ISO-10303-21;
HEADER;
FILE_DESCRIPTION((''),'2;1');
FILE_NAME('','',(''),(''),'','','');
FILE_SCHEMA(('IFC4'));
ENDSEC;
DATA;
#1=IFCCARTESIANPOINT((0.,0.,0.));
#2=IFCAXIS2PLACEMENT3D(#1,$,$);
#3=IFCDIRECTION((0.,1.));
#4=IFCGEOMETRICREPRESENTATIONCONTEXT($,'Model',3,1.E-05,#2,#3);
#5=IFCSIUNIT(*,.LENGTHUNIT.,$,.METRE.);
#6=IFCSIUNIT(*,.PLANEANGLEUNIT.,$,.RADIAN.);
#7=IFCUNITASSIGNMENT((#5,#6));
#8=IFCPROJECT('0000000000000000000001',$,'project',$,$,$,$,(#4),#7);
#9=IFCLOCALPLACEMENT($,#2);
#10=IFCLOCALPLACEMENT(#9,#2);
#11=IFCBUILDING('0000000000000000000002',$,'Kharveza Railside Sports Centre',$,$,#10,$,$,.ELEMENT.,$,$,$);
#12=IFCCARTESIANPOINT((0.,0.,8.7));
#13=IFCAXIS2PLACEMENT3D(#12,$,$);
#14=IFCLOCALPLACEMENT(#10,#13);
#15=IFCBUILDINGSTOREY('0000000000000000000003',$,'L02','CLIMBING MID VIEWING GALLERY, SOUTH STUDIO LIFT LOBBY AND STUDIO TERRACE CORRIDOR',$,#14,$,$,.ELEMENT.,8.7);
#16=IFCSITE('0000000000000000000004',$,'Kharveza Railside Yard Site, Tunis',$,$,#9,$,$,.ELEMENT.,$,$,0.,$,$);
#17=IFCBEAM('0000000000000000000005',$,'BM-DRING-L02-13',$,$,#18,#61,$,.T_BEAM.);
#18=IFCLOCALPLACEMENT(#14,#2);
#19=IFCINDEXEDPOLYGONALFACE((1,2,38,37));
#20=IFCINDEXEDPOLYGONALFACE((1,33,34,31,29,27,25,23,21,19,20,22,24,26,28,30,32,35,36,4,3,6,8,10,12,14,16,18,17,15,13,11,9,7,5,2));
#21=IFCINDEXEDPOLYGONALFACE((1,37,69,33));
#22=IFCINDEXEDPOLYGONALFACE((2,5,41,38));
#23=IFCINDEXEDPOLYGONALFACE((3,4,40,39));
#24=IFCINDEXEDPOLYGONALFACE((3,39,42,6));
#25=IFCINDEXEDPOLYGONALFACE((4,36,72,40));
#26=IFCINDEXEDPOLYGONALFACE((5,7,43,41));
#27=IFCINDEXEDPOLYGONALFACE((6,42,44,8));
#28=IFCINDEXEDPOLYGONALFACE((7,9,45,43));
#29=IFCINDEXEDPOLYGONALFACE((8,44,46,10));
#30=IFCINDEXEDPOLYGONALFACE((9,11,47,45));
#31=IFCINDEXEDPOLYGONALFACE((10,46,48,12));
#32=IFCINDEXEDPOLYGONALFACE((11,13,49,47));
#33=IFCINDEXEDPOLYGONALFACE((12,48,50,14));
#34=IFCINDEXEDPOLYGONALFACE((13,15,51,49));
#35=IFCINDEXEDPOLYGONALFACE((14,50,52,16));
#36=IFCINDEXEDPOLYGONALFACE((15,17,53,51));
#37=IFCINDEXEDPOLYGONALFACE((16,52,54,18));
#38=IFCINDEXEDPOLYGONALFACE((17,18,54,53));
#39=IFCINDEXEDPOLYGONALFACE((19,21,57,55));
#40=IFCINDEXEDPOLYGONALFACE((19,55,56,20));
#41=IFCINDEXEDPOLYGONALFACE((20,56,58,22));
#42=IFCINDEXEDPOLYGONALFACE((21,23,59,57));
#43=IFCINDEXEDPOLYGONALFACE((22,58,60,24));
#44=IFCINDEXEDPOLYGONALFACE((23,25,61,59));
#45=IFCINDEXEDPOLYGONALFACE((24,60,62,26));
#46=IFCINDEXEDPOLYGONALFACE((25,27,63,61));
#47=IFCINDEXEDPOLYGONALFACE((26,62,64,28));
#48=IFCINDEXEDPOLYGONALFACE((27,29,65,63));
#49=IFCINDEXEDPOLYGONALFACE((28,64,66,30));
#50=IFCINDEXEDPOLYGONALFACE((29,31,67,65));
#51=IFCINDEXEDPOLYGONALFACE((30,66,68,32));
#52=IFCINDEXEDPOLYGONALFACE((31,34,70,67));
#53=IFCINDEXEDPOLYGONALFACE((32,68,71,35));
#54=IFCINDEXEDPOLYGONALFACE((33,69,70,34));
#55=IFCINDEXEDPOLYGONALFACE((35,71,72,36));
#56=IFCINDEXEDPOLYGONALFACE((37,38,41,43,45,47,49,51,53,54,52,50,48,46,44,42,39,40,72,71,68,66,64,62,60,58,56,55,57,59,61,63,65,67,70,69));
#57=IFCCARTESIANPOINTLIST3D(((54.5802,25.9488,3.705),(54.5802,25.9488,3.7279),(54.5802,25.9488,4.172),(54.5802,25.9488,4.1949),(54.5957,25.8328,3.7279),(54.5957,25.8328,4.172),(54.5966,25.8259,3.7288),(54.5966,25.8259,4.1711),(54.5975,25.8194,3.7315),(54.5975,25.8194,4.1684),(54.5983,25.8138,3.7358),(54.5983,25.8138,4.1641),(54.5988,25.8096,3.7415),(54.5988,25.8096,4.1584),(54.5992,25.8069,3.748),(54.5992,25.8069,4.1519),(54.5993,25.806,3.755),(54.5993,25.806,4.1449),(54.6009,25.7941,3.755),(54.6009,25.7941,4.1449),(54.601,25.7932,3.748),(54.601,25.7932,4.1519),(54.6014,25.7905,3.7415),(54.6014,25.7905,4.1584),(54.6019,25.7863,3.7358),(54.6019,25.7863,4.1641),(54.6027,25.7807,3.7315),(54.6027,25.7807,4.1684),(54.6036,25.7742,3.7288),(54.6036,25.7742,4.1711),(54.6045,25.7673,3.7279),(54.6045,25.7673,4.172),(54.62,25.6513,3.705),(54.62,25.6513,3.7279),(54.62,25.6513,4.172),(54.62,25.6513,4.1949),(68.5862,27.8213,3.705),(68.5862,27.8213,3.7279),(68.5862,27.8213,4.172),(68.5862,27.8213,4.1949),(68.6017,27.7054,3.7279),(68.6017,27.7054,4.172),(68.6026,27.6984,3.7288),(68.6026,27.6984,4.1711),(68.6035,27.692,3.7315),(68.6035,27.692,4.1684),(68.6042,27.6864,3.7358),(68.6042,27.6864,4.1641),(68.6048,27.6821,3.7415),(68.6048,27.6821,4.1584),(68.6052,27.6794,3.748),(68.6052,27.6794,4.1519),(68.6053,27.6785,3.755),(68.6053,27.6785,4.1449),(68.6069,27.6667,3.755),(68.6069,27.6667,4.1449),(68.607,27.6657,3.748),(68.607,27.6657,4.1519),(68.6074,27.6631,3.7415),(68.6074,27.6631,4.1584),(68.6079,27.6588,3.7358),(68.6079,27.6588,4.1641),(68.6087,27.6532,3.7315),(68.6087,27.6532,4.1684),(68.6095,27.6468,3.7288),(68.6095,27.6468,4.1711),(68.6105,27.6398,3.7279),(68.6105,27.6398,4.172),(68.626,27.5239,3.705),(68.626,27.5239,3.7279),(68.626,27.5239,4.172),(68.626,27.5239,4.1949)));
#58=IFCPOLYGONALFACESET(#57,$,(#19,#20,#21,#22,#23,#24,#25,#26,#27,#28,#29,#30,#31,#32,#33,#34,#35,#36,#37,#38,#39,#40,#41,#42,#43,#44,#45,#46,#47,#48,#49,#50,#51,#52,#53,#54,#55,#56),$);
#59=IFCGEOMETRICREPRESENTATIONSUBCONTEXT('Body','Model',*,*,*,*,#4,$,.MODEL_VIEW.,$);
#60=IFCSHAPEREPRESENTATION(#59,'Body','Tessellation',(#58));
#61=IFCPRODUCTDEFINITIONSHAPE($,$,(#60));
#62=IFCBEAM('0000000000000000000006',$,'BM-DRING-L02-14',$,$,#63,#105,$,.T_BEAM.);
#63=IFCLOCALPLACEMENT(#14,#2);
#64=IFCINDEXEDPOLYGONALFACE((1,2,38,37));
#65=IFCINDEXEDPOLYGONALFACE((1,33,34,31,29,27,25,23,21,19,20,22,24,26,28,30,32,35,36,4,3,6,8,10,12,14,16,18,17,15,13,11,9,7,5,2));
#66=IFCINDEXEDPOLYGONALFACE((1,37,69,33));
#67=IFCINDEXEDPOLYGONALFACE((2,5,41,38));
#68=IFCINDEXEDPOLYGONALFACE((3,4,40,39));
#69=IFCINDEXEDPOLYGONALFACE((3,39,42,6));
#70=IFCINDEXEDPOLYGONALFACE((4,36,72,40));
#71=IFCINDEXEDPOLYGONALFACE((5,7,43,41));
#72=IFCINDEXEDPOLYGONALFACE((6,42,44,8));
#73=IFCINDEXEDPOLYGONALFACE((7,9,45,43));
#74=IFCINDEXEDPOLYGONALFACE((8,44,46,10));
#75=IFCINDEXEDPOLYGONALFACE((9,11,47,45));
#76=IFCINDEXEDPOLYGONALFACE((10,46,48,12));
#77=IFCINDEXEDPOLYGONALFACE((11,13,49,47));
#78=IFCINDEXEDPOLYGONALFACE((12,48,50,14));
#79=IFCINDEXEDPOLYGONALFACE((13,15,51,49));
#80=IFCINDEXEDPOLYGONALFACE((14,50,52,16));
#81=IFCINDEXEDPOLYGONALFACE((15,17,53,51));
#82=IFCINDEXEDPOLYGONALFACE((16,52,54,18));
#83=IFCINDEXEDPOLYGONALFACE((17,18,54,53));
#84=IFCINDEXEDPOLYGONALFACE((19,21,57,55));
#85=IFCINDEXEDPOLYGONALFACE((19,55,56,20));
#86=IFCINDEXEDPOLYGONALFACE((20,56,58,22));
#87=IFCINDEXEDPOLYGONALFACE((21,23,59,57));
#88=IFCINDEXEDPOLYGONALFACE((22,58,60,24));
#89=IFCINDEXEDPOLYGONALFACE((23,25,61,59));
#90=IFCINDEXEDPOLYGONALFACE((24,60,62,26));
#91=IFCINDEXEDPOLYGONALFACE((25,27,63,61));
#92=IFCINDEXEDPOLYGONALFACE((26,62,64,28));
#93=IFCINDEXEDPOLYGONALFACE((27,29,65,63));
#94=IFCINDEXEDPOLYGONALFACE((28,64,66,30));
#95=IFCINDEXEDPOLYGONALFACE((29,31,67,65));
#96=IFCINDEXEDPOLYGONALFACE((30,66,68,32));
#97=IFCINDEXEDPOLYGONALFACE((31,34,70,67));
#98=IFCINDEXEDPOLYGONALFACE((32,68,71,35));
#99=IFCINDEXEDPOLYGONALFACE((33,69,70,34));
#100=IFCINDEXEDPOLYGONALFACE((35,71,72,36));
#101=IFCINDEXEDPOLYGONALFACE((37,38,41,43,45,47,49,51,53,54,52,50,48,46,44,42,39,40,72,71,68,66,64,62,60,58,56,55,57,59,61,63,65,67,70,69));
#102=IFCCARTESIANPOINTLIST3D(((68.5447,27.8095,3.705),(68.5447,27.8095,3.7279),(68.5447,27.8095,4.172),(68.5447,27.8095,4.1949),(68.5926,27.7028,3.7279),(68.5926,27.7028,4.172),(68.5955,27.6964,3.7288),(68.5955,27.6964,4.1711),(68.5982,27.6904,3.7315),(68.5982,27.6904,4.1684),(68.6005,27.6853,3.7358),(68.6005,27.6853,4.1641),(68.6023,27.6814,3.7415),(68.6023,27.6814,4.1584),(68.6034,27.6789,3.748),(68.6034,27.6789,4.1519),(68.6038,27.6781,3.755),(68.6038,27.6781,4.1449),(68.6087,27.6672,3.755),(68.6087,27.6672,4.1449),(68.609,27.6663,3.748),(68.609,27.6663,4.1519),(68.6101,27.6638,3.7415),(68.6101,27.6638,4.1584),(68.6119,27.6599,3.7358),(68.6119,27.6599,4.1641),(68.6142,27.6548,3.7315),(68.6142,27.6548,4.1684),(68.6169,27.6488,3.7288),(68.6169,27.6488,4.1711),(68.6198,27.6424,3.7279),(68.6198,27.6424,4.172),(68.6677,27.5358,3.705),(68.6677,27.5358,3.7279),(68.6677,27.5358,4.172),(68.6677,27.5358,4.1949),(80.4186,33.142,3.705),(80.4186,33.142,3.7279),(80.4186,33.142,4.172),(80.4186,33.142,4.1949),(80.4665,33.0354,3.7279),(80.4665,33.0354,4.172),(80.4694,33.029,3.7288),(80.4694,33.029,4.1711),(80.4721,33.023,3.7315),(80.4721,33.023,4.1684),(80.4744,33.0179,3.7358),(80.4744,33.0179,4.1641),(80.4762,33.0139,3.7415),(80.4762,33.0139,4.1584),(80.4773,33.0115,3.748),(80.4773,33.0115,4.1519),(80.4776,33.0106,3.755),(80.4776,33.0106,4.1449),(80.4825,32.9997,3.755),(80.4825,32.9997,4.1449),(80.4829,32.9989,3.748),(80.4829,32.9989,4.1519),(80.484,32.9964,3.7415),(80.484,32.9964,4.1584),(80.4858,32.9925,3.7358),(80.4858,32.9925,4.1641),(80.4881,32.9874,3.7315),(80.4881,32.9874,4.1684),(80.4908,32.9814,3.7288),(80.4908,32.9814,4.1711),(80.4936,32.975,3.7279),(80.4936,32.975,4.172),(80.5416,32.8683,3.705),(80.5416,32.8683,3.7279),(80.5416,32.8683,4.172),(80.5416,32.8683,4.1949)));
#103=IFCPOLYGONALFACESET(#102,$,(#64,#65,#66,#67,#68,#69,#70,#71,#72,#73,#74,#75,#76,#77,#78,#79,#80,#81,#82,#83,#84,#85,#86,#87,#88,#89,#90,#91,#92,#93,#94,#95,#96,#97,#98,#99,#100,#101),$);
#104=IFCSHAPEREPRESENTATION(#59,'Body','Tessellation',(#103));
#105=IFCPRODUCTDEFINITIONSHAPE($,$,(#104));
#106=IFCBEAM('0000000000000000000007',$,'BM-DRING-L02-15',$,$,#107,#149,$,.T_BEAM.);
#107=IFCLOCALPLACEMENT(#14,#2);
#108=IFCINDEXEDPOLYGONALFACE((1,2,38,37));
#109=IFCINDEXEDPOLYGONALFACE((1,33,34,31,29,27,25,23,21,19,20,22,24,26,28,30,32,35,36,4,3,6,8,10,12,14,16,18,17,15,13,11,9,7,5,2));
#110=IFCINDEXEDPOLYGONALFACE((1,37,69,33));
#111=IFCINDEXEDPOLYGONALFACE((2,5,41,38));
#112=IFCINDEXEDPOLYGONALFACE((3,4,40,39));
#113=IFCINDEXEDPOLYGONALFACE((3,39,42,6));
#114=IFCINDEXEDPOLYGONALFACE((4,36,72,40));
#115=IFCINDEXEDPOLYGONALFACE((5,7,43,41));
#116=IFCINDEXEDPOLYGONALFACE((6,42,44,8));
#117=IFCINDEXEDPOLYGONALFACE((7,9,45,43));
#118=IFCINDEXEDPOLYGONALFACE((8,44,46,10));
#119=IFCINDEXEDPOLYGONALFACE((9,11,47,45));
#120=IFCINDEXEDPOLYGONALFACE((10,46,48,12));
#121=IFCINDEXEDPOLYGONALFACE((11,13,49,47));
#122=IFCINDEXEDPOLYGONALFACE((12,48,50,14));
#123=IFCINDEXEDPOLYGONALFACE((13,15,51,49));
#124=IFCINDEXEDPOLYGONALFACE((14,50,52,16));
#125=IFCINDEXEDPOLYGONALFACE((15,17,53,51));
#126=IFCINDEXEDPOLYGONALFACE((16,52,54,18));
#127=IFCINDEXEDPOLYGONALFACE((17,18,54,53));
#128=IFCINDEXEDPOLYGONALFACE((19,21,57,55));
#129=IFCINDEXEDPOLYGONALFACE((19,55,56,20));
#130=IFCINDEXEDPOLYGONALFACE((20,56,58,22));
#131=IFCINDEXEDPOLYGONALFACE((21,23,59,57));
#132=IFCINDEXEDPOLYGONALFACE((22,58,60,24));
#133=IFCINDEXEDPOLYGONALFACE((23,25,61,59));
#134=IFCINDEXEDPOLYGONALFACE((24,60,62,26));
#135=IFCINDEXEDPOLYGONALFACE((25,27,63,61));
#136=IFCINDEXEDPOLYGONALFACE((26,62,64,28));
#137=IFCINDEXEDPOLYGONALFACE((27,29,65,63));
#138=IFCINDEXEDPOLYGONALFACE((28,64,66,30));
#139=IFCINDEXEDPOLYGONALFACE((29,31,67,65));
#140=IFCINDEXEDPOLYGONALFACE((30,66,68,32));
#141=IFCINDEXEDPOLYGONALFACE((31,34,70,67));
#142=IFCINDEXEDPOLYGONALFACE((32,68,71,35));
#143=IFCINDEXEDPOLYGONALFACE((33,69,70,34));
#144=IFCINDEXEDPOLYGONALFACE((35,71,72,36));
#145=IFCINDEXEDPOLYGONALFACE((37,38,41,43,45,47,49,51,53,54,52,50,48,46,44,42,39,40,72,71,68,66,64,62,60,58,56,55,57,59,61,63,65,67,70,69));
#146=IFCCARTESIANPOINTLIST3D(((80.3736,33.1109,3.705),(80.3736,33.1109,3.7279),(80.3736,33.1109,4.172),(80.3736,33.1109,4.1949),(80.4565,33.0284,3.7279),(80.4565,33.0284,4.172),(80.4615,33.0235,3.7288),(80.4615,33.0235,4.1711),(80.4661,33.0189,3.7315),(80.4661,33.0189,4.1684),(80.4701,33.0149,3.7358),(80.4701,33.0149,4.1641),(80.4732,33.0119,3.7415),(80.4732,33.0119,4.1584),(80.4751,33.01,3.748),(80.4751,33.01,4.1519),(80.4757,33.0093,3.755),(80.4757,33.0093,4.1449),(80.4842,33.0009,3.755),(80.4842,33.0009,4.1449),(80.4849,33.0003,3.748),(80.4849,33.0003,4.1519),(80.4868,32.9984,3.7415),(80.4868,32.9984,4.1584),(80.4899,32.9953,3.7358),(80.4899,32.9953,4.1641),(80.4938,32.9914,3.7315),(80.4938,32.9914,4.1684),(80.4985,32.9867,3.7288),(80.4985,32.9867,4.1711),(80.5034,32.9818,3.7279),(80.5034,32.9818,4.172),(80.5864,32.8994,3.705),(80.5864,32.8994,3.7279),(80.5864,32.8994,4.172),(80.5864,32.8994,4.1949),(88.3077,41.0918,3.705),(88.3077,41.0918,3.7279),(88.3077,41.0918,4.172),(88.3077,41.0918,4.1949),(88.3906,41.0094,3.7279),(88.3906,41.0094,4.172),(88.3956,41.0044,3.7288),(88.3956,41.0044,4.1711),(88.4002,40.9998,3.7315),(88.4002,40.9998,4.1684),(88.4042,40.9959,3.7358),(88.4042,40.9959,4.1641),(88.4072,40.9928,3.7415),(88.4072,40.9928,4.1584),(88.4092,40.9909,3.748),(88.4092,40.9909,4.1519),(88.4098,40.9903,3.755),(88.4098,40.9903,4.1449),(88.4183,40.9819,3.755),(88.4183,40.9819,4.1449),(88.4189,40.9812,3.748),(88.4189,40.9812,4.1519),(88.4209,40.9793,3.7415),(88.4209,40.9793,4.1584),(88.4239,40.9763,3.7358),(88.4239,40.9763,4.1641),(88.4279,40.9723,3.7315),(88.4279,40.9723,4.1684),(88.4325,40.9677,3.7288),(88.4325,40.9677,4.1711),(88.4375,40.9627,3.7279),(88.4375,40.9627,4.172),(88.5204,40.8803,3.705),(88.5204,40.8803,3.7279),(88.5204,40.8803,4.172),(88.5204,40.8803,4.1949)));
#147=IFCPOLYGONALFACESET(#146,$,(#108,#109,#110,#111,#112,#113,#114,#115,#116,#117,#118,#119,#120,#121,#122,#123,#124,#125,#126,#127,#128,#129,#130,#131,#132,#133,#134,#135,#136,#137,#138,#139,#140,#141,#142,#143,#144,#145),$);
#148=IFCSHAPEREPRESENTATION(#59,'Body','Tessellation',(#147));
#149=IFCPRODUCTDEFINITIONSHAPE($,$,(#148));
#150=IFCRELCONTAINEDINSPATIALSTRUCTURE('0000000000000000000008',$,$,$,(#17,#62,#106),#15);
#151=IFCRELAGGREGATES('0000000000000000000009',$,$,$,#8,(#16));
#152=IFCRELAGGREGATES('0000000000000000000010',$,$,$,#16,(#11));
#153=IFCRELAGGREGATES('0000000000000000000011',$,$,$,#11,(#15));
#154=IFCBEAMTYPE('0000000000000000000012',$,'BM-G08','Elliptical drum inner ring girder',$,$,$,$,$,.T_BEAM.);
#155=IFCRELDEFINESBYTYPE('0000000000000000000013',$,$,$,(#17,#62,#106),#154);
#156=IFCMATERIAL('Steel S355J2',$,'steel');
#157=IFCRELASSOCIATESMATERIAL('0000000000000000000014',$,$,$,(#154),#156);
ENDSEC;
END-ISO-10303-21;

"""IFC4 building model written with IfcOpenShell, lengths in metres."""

from ifc_helpers import new_model, si_unit, direction, frame, origin, origin_2d, place, context, subcontext, project, spatial, i_section, extrude, material, material_profile, profile_set, type_object, element, save


model = new_model("IFC4")

# Units and contexts
model_context = context("Model", 3, precision=1e-05, world=origin(), true_north=direction((0.0, 1.0)))
body_context = subcontext(model_context, "Body", "Model", "MODEL_VIEW")
ifc_project = project(units=[si_unit("LENGTHUNIT", "METRE"), si_unit("PLANEANGLEUNIT", "RADIAN")], contexts=[model_context])

# Site, building, storey
site_placement = place(None, origin())
site = spatial("IfcSite", under=ifc_project, at=site_placement, Name="Kharveza Railside Yard Site, Tunis", CompositionType="ELEMENT", RefElevation=0.0)
building_placement = place(site_placement, origin())
building = spatial("IfcBuilding", under=site, at=building_placement, Name="Kharveza Railside Sports Centre", CompositionType="ELEMENT")
storey_placement = place(building_placement, frame((0.0, 0.0, 8.7)))
storey = spatial("IfcBuildingStorey", under=building, at=storey_placement, Name="L02", Description="CLIMBING MID VIEWING GALLERY, SOUTH STUDIO LIFT LOBBY AND STUDIO TERRACE CORRIDOR", CompositionType="ELEMENT", Elevation=8.7)

# Shared definitions
ifc_material_1 = material(Name="Steel S355J2", Category="steel")

# Beams
ifc_material_profile_1 = material_profile(ifc_material_1, i_section(OverallWidth=0.3, OverallDepth=0.49, WebThickness=0.012, FlangeThickness=0.0229, FilletRadius=0.0271, at=origin_2d()), Name="HEA 500")
ifc_profile_set_1 = profile_set([ifc_material_profile_1], Name="Steel S355J2")
beam_type_1 = type_object("IfcBeamType", Name="BM-G08", Description="Elliptical drum inner ring girder", PredefinedType="T_BEAM", material=ifc_profile_set_1)
beam_1_placement = place(storey_placement, frame((54.6001, 25.8, 3.95), z_axis=(0.991181, 0.132517, 0.0), x_axis=(-0.132517, 0.991181, 0.0)))
element("IfcBeam", 1, at=beam_1_placement, inside=storey, type_object=beam_type_1, Name="BM-DRING-L02-13", PredefinedType="T_BEAM", context=body_context, shape_type="SweptSolid", body=[
    extrude(i_section(OverallWidth=0.3, OverallDepth=0.49, WebThickness=0.012, FlangeThickness=0.0229, FilletRadius=0.0271, at=origin_2d()), origin(), (0.0, 0.0, 1.0), 14.1306),
])
beam_2_placement = place(storey_placement, frame((68.6062, 27.6726, 3.95), z_axis=(0.912228, 0.409682, 0.0), x_axis=(-0.409682, 0.912228, 0.0)))
element("IfcBeam", 2, at=beam_2_placement, inside=storey, type_object=beam_type_1, Name="BM-DRING-L02-14", PredefinedType="T_BEAM", context=body_context, shape_type="SweptSolid", body=[
    extrude(i_section(OverallWidth=0.3, OverallDepth=0.49, WebThickness=0.012, FlangeThickness=0.0229, FilletRadius=0.0271, at=origin_2d()), origin(), (0.0, 0.0, 1.0), 13.0164),
])
beam_3_placement = place(storey_placement, frame((80.48, 33.0051, 3.95), z_axis=(0.705021, 0.709186, 0.0), x_axis=(-0.709186, 0.705021, 0.0)))
element("IfcBeam", 3, at=beam_3_placement, inside=storey, type_object=beam_type_1, Name="BM-DRING-L02-15", PredefinedType="T_BEAM", context=body_context, shape_type="SweptSolid", body=[
    extrude(i_section(OverallWidth=0.3, OverallDepth=0.49, WebThickness=0.012, FlangeThickness=0.0229, FilletRadius=0.0271, at=origin_2d()), origin(), (0.0, 0.0, 1.0), 11.2537),
])

save(model, "model.ifc")
